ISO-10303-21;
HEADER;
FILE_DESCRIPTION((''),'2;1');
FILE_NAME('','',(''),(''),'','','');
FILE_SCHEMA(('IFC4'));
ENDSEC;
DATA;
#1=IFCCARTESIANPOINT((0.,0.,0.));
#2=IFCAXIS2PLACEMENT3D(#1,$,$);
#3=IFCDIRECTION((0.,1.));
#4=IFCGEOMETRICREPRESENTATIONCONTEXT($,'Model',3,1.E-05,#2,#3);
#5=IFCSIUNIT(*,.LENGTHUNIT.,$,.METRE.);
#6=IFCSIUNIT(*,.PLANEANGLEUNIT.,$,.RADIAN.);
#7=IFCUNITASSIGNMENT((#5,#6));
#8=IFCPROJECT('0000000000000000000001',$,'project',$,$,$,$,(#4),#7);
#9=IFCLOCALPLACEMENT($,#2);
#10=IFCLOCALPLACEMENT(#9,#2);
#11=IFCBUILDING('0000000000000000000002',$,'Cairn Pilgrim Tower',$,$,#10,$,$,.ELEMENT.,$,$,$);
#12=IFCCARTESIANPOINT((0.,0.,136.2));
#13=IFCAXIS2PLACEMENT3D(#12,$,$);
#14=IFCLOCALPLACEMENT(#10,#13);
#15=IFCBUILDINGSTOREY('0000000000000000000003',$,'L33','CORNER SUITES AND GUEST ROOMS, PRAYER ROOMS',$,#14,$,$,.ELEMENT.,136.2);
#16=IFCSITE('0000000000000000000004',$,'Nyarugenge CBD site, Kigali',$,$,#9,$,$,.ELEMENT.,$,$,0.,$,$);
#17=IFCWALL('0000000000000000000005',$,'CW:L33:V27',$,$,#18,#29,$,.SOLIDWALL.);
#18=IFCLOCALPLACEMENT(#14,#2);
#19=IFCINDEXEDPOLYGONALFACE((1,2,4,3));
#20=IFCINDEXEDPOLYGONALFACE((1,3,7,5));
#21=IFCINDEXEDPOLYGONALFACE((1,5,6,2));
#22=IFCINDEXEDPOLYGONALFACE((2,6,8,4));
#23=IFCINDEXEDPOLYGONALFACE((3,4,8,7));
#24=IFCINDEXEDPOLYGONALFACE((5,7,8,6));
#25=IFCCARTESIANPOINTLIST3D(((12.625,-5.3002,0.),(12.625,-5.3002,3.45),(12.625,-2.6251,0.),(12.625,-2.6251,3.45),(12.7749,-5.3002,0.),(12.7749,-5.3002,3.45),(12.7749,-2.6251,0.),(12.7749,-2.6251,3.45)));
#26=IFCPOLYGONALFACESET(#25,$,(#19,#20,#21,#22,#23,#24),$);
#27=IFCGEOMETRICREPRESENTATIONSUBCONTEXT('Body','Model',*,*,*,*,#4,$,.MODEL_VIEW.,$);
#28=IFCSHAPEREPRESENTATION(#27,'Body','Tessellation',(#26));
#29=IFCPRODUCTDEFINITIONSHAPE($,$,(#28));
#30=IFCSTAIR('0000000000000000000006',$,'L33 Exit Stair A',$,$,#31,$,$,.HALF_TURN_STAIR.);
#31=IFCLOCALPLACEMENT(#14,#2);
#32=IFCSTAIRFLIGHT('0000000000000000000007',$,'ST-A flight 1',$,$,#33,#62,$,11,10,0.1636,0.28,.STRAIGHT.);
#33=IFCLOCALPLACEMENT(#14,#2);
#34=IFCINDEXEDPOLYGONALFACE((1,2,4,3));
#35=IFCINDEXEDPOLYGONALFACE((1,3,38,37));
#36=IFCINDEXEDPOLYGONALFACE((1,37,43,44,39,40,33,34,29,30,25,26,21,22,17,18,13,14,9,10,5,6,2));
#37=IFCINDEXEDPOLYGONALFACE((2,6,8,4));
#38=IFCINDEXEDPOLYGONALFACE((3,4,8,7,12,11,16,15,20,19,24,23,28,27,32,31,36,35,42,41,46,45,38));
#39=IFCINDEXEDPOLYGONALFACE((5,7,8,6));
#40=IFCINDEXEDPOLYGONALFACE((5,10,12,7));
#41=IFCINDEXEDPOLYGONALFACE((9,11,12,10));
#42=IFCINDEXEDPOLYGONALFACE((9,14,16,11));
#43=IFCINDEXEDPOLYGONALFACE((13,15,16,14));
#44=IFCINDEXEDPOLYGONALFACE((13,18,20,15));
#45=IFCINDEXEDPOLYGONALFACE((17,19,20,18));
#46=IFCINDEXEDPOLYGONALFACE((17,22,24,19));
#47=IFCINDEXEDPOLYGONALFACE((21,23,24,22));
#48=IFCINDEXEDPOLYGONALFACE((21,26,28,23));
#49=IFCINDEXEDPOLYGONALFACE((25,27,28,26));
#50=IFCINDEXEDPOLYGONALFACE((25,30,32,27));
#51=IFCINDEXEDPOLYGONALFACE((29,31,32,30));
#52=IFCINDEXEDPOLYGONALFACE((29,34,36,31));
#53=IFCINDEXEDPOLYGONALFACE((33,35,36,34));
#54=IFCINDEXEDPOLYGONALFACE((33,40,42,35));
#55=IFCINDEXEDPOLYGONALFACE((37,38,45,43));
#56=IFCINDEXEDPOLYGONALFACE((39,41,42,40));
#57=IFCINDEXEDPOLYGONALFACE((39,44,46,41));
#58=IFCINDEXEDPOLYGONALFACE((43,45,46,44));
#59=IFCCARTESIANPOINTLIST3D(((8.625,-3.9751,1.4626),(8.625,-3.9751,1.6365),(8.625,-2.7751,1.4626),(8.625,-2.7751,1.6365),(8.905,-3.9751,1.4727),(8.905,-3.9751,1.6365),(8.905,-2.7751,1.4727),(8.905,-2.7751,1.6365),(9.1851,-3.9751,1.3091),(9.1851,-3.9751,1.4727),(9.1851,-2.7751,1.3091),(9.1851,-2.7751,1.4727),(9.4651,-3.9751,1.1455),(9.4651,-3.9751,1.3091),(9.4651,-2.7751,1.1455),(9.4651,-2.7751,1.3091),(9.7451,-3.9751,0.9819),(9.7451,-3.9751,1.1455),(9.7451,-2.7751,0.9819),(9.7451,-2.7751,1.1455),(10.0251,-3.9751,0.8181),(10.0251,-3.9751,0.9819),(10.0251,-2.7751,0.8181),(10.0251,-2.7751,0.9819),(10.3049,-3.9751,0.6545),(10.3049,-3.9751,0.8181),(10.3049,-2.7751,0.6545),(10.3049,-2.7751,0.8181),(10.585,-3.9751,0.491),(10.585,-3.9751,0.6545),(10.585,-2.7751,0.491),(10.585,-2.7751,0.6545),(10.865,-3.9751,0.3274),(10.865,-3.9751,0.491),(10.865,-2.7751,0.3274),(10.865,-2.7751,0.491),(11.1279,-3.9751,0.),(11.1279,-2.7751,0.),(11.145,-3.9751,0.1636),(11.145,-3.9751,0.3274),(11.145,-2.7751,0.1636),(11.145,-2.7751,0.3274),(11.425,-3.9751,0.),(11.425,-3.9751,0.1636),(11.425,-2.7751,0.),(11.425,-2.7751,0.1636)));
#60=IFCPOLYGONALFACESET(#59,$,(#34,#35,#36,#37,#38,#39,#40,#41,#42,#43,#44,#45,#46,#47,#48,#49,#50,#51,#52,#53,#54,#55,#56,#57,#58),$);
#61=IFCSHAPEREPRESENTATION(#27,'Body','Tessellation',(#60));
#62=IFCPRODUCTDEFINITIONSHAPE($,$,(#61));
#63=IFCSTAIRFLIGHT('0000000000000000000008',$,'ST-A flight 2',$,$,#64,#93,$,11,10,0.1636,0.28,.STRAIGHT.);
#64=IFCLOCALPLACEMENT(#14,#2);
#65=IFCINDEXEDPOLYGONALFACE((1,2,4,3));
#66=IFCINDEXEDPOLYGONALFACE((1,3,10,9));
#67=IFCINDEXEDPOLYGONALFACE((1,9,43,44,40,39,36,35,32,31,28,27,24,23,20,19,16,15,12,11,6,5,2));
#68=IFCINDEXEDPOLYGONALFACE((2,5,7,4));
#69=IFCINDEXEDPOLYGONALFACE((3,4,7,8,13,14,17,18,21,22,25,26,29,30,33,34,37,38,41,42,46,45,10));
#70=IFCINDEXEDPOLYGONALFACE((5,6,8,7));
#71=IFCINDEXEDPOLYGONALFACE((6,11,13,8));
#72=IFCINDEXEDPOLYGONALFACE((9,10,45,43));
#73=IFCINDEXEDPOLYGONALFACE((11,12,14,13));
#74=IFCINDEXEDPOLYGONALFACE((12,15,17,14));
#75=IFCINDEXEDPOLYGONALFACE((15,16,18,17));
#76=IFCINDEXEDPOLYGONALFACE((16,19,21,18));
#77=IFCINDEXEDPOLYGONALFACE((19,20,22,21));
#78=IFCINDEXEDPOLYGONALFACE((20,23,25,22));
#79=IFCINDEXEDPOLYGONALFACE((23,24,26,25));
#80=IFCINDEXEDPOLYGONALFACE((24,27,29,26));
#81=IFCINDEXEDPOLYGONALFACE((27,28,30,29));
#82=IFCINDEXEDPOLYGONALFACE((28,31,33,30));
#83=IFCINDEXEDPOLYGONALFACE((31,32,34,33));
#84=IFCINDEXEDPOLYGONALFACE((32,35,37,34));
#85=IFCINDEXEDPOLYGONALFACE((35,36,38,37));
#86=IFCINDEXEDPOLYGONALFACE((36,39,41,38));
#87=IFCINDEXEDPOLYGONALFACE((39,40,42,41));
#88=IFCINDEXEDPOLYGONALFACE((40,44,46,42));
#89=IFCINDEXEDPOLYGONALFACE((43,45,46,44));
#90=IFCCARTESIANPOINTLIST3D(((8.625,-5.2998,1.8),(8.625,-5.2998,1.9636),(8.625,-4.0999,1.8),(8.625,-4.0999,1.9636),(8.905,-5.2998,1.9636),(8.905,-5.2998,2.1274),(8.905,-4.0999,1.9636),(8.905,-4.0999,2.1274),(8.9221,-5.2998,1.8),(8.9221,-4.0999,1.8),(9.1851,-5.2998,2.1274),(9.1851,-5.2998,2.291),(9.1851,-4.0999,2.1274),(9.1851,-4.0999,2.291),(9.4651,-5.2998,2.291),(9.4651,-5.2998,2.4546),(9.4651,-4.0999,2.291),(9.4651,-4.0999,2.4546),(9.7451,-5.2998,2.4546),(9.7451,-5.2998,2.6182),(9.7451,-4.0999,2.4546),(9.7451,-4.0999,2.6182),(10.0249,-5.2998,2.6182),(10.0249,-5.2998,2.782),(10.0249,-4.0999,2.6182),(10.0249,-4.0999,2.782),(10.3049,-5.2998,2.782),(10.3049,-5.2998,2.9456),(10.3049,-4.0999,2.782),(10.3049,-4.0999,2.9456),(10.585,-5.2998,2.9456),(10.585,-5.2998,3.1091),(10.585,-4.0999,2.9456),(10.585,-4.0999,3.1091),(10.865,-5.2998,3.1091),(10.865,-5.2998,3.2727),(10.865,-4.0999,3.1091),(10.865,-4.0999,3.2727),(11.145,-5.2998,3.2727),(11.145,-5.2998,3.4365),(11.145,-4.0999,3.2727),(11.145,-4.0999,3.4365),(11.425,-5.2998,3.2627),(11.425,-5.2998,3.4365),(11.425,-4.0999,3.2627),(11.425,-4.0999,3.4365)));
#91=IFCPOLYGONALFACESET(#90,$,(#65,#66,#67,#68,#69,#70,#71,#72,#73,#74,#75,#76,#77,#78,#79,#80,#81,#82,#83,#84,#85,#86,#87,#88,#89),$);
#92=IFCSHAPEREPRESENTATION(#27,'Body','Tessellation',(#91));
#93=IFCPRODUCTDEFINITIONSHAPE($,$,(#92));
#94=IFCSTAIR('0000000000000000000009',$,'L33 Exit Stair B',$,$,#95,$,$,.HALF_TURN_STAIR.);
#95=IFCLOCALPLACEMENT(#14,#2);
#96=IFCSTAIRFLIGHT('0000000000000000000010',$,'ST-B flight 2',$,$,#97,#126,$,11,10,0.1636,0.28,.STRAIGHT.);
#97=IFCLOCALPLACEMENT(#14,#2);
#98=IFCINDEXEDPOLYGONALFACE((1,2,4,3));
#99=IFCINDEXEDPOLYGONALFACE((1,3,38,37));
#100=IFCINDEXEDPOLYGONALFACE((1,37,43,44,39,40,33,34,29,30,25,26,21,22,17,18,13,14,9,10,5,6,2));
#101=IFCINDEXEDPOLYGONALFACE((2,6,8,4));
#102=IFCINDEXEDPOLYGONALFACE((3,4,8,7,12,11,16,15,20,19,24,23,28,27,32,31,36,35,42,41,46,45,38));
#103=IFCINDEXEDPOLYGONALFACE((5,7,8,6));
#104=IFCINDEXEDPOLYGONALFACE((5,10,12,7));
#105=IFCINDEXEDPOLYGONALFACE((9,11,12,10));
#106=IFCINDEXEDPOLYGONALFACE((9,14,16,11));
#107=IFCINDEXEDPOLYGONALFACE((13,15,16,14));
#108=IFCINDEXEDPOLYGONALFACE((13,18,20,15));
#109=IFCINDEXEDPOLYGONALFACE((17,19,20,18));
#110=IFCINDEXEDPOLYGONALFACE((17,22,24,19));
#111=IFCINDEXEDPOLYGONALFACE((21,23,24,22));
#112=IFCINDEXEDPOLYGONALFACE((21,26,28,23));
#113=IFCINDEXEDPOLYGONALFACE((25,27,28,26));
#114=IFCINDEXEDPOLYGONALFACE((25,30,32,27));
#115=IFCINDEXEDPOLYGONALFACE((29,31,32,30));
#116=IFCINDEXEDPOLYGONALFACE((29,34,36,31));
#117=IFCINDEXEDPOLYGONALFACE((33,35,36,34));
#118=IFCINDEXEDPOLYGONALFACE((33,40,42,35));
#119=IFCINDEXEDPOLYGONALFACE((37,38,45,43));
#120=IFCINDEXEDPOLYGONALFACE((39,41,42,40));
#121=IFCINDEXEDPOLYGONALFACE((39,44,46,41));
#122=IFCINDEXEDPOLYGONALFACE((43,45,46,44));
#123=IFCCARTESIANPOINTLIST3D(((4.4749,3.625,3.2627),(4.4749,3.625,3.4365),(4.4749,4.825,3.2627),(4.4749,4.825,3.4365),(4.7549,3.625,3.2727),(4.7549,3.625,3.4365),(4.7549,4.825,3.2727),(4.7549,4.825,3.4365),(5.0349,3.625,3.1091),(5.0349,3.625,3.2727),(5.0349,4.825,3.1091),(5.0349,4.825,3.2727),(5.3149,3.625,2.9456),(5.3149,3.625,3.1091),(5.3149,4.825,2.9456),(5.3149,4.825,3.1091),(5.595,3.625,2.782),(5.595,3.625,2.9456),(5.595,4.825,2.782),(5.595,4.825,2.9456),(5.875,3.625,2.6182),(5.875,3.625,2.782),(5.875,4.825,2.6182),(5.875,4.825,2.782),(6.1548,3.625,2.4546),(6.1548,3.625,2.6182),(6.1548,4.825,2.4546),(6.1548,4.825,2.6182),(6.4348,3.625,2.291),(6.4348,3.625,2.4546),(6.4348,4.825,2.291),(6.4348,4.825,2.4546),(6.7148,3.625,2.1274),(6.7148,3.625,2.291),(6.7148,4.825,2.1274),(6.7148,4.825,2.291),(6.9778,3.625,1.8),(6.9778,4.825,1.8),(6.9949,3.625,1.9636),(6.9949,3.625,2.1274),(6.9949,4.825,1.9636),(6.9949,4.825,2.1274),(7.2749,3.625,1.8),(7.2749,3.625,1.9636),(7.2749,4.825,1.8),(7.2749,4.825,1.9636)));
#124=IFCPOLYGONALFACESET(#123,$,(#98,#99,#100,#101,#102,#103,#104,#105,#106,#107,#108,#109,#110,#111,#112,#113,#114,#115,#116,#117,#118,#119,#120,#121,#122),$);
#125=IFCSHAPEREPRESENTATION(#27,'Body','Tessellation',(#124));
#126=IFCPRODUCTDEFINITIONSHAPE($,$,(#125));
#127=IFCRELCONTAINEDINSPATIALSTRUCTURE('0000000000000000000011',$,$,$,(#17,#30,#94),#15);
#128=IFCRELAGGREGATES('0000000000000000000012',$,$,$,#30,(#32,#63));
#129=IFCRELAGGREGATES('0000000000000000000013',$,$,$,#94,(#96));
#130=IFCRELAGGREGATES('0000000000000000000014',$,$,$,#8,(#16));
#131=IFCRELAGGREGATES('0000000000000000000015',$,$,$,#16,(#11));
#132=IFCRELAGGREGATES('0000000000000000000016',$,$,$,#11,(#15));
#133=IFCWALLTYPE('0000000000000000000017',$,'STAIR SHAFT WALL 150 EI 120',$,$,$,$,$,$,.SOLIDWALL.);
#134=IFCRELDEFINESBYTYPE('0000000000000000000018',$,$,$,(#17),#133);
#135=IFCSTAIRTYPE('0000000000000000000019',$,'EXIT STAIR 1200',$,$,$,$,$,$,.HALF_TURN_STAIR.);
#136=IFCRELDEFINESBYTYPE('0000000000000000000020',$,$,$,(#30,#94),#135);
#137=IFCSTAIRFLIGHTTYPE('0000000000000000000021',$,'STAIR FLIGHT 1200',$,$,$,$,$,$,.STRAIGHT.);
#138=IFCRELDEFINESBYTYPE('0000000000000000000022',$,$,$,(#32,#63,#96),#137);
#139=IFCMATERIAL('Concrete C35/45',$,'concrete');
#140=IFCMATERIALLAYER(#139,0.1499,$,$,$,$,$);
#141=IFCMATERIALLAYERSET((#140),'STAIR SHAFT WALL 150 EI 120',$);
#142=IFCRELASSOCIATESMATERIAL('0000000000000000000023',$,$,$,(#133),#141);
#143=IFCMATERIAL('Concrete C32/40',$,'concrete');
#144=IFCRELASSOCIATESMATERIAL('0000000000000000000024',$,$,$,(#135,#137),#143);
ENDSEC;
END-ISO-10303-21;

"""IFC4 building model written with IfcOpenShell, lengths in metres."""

from ifc_helpers import new_model, si_unit, direction, frame, frame_2d, origin, place, context, subcontext, project, spatial, polyline, rectangle, outline, extrude, material, layer, layer_set, type_object, element, aggregate, save


model = new_model("IFC4")

# Units and contexts
model_context = context("Model", 3, precision=1e-05, world=origin(), true_north=direction((0.0, 1.0)))
body_context = subcontext(model_context, "Body", "Model", "MODEL_VIEW")
ifc_project = project(units=[si_unit("LENGTHUNIT", "METRE"), si_unit("PLANEANGLEUNIT", "RADIAN")], contexts=[model_context])

# Site, building, storey
site_placement = place(None, origin())
site = spatial("IfcSite", under=ifc_project, at=site_placement, Name="Nyarugenge CBD site, Kigali", CompositionType="ELEMENT", RefElevation=0.0)
building_placement = place(site_placement, origin())
building = spatial("IfcBuilding", under=site, at=building_placement, Name="Cairn Pilgrim Tower", CompositionType="ELEMENT")
storey_placement = place(building_placement, frame((0.0, 0.0, 136.2)))
storey = spatial("IfcBuildingStorey", under=building, at=storey_placement, Name="L33", Description="CORNER SUITES AND GUEST ROOMS, PRAYER ROOMS", CompositionType="ELEMENT", Elevation=136.2)

# Shared definitions
ifc_material_1 = material(Name="Concrete C32/40", Category="concrete")

# Wall
ifc_material_2 = material(Name="Concrete C35/45", Category="concrete")
ifc_layer_1 = layer(ifc_material_2, 0.1499)
ifc_layer_set_1 = layer_set([ifc_layer_1], Name="STAIR SHAFT WALL 150 EI 120")
wall_type_1 = type_object("IfcWallType", Name="STAIR SHAFT WALL 150 EI 120", PredefinedType="SOLIDWALL", material=ifc_layer_set_1)
wall_1_placement = place(storey_placement, frame((12.7, -5.3, 0.0), z_axis=(0.0, 0.0, 1.0), x_axis=(0.0, 1.0, 0.0)))
element("IfcWall", 1, at=wall_1_placement, inside=storey, type_object=wall_type_1, Name="CW:L33:V27", PredefinedType="SOLIDWALL", context=body_context, shape_type="SweptSolid", body=[
    extrude(rectangle(XDim=2.675, YDim=0.1499, at=frame_2d((1.3374, 0.0))), origin(), (0.0, 0.0, 1.0), 3.45),
])

# Stair, stair flights
stair_type = type_object("IfcStairType", Name="EXIT STAIR 1200", PredefinedType="HALF_TURN_STAIR", material=ifc_material_1)
stair_1_placement = place(storey_placement, origin())
stair_1 = element("IfcStair", 2, at=stair_1_placement, inside=storey, type_object=stair_type, Name="L33 Exit Stair A", PredefinedType="HALF_TURN_STAIR")
stair_flight_type = type_object("IfcStairFlightType", Name="STAIR FLIGHT 1200", PredefinedType="STRAIGHT", material=ifc_material_1)
stair_flight_1_placement = place(storey_placement, frame((11.425, -3.375, 0.0), z_axis=(0.0, 0.0, 1.0), x_axis=(-1.0, 0.0, 0.0)))
stair_flight_1 = element("IfcStairFlight", 3, at=stair_flight_1_placement, type_object=stair_flight_type, Name="ST-A flight 1", NumberOfRisers=11, NumberOfTreads=10, PredefinedType="STRAIGHT", RiserHeight=0.1636, TreadLength=0.28, context=body_context, shape_type="SweptSolid", body=[
    extrude(outline(polyline([(0.0, 0.0), (0.0, 0.1636), (0.28, 0.1636), (0.28, 0.3274), (0.5601, 0.3274), (0.5601, 0.491), (0.8401, 0.491), (0.8401, 0.6545), (1.1201, 0.6545), (1.1201, 0.8181), (1.3999, 0.8181), (1.3999, 0.9819), (1.6799, 0.9819), (1.6799, 1.1455), (1.96, 1.1455), (1.96, 1.3091), (2.24, 1.3091), (2.24, 1.4727), (2.52, 1.4727), (2.52, 1.6365), (2.8, 1.6365), (2.8, 1.8), (2.8, 1.4626), (0.2971, 0.0), (0.0, 0.0)])), frame((0.0, 0.6001, 0.0), z_axis=(0.0, -1.0, 0.0), x_axis=(1.0, 0.0, 0.0)), (0.0, 0.0, 1.0), 1.2),
])
stair_flight_2_placement = place(storey_placement, frame((8.625, -4.7, 1.8), z_axis=(0.0, 0.0, 1.0), x_axis=(1.0, 0.0, 0.0)))
stair_flight_2 = element("IfcStairFlight", 4, at=stair_flight_2_placement, type_object=stair_flight_type, Name="ST-A flight 2", NumberOfRisers=11, NumberOfTreads=10, PredefinedType="STRAIGHT", RiserHeight=0.1636, TreadLength=0.28, context=body_context, shape_type="SweptSolid", body=[
    extrude(outline(polyline([(0.0, 0.0), (0.0, 0.1636), (0.28, 0.1636), (0.28, 0.3274), (0.5601, 0.3274), (0.5601, 0.491), (0.8401, 0.491), (0.8401, 0.6545), (1.1201, 0.6545), (1.1201, 0.8181), (1.3999, 0.8181), (1.3999, 0.9819), (1.6799, 0.9819), (1.6799, 1.1455), (1.96, 1.1455), (1.96, 1.3091), (2.24, 1.3091), (2.24, 1.4727), (2.52, 1.4727), (2.52, 1.6365), (2.8, 1.6365), (2.8, 1.8), (2.8, 1.4626), (0.2971, 0.0), (0.0, 0.0)])), frame((0.0, 0.6001, 0.0), z_axis=(0.0, -1.0, 0.0), x_axis=(1.0, 0.0, 0.0)), (0.0, 0.0, 1.0), 1.2),
])
aggregate(stair_1, [stair_flight_1, stair_flight_2])

# Stair, stair flight
stair_2_placement = place(storey_placement, origin())
stair_2 = element("IfcStair", 5, at=stair_2_placement, inside=storey, type_object=stair_type, Name="L33 Exit Stair B", PredefinedType="HALF_TURN_STAIR")
stair_flight_3_placement = place(storey_placement, frame((7.2749, 4.2251, 1.8), z_axis=(0.0, 0.0, 1.0), x_axis=(-1.0, 0.0, 0.0)))
stair_flight_3 = element("IfcStairFlight", 6, at=stair_flight_3_placement, type_object=stair_flight_type, Name="ST-B flight 2", NumberOfRisers=11, NumberOfTreads=10, PredefinedType="STRAIGHT", RiserHeight=0.1636, TreadLength=0.28, context=body_context, shape_type="SweptSolid", body=[
    extrude(outline(polyline([(0.0, 0.0), (0.0, 0.1636), (0.28, 0.1636), (0.28, 0.3274), (0.5601, 0.3274), (0.5601, 0.491), (0.8401, 0.491), (0.8401, 0.6545), (1.1201, 0.6545), (1.1201, 0.8181), (1.3999, 0.8181), (1.3999, 0.9819), (1.6799, 0.9819), (1.6799, 1.1455), (1.96, 1.1455), (1.96, 1.3091), (2.24, 1.3091), (2.24, 1.4727), (2.52, 1.4727), (2.52, 1.6365), (2.8, 1.6365), (2.8, 1.8), (2.8, 1.4626), (0.2971, 0.0), (0.0, 0.0)])), frame((0.0, 0.6001, 0.0), z_axis=(0.0, -1.0, 0.0), x_axis=(1.0, 0.0, 0.0)), (0.0, 0.0, 1.0), 1.2),
])
aggregate(stair_2, [stair_flight_3])

save(model, "model.ifc")
